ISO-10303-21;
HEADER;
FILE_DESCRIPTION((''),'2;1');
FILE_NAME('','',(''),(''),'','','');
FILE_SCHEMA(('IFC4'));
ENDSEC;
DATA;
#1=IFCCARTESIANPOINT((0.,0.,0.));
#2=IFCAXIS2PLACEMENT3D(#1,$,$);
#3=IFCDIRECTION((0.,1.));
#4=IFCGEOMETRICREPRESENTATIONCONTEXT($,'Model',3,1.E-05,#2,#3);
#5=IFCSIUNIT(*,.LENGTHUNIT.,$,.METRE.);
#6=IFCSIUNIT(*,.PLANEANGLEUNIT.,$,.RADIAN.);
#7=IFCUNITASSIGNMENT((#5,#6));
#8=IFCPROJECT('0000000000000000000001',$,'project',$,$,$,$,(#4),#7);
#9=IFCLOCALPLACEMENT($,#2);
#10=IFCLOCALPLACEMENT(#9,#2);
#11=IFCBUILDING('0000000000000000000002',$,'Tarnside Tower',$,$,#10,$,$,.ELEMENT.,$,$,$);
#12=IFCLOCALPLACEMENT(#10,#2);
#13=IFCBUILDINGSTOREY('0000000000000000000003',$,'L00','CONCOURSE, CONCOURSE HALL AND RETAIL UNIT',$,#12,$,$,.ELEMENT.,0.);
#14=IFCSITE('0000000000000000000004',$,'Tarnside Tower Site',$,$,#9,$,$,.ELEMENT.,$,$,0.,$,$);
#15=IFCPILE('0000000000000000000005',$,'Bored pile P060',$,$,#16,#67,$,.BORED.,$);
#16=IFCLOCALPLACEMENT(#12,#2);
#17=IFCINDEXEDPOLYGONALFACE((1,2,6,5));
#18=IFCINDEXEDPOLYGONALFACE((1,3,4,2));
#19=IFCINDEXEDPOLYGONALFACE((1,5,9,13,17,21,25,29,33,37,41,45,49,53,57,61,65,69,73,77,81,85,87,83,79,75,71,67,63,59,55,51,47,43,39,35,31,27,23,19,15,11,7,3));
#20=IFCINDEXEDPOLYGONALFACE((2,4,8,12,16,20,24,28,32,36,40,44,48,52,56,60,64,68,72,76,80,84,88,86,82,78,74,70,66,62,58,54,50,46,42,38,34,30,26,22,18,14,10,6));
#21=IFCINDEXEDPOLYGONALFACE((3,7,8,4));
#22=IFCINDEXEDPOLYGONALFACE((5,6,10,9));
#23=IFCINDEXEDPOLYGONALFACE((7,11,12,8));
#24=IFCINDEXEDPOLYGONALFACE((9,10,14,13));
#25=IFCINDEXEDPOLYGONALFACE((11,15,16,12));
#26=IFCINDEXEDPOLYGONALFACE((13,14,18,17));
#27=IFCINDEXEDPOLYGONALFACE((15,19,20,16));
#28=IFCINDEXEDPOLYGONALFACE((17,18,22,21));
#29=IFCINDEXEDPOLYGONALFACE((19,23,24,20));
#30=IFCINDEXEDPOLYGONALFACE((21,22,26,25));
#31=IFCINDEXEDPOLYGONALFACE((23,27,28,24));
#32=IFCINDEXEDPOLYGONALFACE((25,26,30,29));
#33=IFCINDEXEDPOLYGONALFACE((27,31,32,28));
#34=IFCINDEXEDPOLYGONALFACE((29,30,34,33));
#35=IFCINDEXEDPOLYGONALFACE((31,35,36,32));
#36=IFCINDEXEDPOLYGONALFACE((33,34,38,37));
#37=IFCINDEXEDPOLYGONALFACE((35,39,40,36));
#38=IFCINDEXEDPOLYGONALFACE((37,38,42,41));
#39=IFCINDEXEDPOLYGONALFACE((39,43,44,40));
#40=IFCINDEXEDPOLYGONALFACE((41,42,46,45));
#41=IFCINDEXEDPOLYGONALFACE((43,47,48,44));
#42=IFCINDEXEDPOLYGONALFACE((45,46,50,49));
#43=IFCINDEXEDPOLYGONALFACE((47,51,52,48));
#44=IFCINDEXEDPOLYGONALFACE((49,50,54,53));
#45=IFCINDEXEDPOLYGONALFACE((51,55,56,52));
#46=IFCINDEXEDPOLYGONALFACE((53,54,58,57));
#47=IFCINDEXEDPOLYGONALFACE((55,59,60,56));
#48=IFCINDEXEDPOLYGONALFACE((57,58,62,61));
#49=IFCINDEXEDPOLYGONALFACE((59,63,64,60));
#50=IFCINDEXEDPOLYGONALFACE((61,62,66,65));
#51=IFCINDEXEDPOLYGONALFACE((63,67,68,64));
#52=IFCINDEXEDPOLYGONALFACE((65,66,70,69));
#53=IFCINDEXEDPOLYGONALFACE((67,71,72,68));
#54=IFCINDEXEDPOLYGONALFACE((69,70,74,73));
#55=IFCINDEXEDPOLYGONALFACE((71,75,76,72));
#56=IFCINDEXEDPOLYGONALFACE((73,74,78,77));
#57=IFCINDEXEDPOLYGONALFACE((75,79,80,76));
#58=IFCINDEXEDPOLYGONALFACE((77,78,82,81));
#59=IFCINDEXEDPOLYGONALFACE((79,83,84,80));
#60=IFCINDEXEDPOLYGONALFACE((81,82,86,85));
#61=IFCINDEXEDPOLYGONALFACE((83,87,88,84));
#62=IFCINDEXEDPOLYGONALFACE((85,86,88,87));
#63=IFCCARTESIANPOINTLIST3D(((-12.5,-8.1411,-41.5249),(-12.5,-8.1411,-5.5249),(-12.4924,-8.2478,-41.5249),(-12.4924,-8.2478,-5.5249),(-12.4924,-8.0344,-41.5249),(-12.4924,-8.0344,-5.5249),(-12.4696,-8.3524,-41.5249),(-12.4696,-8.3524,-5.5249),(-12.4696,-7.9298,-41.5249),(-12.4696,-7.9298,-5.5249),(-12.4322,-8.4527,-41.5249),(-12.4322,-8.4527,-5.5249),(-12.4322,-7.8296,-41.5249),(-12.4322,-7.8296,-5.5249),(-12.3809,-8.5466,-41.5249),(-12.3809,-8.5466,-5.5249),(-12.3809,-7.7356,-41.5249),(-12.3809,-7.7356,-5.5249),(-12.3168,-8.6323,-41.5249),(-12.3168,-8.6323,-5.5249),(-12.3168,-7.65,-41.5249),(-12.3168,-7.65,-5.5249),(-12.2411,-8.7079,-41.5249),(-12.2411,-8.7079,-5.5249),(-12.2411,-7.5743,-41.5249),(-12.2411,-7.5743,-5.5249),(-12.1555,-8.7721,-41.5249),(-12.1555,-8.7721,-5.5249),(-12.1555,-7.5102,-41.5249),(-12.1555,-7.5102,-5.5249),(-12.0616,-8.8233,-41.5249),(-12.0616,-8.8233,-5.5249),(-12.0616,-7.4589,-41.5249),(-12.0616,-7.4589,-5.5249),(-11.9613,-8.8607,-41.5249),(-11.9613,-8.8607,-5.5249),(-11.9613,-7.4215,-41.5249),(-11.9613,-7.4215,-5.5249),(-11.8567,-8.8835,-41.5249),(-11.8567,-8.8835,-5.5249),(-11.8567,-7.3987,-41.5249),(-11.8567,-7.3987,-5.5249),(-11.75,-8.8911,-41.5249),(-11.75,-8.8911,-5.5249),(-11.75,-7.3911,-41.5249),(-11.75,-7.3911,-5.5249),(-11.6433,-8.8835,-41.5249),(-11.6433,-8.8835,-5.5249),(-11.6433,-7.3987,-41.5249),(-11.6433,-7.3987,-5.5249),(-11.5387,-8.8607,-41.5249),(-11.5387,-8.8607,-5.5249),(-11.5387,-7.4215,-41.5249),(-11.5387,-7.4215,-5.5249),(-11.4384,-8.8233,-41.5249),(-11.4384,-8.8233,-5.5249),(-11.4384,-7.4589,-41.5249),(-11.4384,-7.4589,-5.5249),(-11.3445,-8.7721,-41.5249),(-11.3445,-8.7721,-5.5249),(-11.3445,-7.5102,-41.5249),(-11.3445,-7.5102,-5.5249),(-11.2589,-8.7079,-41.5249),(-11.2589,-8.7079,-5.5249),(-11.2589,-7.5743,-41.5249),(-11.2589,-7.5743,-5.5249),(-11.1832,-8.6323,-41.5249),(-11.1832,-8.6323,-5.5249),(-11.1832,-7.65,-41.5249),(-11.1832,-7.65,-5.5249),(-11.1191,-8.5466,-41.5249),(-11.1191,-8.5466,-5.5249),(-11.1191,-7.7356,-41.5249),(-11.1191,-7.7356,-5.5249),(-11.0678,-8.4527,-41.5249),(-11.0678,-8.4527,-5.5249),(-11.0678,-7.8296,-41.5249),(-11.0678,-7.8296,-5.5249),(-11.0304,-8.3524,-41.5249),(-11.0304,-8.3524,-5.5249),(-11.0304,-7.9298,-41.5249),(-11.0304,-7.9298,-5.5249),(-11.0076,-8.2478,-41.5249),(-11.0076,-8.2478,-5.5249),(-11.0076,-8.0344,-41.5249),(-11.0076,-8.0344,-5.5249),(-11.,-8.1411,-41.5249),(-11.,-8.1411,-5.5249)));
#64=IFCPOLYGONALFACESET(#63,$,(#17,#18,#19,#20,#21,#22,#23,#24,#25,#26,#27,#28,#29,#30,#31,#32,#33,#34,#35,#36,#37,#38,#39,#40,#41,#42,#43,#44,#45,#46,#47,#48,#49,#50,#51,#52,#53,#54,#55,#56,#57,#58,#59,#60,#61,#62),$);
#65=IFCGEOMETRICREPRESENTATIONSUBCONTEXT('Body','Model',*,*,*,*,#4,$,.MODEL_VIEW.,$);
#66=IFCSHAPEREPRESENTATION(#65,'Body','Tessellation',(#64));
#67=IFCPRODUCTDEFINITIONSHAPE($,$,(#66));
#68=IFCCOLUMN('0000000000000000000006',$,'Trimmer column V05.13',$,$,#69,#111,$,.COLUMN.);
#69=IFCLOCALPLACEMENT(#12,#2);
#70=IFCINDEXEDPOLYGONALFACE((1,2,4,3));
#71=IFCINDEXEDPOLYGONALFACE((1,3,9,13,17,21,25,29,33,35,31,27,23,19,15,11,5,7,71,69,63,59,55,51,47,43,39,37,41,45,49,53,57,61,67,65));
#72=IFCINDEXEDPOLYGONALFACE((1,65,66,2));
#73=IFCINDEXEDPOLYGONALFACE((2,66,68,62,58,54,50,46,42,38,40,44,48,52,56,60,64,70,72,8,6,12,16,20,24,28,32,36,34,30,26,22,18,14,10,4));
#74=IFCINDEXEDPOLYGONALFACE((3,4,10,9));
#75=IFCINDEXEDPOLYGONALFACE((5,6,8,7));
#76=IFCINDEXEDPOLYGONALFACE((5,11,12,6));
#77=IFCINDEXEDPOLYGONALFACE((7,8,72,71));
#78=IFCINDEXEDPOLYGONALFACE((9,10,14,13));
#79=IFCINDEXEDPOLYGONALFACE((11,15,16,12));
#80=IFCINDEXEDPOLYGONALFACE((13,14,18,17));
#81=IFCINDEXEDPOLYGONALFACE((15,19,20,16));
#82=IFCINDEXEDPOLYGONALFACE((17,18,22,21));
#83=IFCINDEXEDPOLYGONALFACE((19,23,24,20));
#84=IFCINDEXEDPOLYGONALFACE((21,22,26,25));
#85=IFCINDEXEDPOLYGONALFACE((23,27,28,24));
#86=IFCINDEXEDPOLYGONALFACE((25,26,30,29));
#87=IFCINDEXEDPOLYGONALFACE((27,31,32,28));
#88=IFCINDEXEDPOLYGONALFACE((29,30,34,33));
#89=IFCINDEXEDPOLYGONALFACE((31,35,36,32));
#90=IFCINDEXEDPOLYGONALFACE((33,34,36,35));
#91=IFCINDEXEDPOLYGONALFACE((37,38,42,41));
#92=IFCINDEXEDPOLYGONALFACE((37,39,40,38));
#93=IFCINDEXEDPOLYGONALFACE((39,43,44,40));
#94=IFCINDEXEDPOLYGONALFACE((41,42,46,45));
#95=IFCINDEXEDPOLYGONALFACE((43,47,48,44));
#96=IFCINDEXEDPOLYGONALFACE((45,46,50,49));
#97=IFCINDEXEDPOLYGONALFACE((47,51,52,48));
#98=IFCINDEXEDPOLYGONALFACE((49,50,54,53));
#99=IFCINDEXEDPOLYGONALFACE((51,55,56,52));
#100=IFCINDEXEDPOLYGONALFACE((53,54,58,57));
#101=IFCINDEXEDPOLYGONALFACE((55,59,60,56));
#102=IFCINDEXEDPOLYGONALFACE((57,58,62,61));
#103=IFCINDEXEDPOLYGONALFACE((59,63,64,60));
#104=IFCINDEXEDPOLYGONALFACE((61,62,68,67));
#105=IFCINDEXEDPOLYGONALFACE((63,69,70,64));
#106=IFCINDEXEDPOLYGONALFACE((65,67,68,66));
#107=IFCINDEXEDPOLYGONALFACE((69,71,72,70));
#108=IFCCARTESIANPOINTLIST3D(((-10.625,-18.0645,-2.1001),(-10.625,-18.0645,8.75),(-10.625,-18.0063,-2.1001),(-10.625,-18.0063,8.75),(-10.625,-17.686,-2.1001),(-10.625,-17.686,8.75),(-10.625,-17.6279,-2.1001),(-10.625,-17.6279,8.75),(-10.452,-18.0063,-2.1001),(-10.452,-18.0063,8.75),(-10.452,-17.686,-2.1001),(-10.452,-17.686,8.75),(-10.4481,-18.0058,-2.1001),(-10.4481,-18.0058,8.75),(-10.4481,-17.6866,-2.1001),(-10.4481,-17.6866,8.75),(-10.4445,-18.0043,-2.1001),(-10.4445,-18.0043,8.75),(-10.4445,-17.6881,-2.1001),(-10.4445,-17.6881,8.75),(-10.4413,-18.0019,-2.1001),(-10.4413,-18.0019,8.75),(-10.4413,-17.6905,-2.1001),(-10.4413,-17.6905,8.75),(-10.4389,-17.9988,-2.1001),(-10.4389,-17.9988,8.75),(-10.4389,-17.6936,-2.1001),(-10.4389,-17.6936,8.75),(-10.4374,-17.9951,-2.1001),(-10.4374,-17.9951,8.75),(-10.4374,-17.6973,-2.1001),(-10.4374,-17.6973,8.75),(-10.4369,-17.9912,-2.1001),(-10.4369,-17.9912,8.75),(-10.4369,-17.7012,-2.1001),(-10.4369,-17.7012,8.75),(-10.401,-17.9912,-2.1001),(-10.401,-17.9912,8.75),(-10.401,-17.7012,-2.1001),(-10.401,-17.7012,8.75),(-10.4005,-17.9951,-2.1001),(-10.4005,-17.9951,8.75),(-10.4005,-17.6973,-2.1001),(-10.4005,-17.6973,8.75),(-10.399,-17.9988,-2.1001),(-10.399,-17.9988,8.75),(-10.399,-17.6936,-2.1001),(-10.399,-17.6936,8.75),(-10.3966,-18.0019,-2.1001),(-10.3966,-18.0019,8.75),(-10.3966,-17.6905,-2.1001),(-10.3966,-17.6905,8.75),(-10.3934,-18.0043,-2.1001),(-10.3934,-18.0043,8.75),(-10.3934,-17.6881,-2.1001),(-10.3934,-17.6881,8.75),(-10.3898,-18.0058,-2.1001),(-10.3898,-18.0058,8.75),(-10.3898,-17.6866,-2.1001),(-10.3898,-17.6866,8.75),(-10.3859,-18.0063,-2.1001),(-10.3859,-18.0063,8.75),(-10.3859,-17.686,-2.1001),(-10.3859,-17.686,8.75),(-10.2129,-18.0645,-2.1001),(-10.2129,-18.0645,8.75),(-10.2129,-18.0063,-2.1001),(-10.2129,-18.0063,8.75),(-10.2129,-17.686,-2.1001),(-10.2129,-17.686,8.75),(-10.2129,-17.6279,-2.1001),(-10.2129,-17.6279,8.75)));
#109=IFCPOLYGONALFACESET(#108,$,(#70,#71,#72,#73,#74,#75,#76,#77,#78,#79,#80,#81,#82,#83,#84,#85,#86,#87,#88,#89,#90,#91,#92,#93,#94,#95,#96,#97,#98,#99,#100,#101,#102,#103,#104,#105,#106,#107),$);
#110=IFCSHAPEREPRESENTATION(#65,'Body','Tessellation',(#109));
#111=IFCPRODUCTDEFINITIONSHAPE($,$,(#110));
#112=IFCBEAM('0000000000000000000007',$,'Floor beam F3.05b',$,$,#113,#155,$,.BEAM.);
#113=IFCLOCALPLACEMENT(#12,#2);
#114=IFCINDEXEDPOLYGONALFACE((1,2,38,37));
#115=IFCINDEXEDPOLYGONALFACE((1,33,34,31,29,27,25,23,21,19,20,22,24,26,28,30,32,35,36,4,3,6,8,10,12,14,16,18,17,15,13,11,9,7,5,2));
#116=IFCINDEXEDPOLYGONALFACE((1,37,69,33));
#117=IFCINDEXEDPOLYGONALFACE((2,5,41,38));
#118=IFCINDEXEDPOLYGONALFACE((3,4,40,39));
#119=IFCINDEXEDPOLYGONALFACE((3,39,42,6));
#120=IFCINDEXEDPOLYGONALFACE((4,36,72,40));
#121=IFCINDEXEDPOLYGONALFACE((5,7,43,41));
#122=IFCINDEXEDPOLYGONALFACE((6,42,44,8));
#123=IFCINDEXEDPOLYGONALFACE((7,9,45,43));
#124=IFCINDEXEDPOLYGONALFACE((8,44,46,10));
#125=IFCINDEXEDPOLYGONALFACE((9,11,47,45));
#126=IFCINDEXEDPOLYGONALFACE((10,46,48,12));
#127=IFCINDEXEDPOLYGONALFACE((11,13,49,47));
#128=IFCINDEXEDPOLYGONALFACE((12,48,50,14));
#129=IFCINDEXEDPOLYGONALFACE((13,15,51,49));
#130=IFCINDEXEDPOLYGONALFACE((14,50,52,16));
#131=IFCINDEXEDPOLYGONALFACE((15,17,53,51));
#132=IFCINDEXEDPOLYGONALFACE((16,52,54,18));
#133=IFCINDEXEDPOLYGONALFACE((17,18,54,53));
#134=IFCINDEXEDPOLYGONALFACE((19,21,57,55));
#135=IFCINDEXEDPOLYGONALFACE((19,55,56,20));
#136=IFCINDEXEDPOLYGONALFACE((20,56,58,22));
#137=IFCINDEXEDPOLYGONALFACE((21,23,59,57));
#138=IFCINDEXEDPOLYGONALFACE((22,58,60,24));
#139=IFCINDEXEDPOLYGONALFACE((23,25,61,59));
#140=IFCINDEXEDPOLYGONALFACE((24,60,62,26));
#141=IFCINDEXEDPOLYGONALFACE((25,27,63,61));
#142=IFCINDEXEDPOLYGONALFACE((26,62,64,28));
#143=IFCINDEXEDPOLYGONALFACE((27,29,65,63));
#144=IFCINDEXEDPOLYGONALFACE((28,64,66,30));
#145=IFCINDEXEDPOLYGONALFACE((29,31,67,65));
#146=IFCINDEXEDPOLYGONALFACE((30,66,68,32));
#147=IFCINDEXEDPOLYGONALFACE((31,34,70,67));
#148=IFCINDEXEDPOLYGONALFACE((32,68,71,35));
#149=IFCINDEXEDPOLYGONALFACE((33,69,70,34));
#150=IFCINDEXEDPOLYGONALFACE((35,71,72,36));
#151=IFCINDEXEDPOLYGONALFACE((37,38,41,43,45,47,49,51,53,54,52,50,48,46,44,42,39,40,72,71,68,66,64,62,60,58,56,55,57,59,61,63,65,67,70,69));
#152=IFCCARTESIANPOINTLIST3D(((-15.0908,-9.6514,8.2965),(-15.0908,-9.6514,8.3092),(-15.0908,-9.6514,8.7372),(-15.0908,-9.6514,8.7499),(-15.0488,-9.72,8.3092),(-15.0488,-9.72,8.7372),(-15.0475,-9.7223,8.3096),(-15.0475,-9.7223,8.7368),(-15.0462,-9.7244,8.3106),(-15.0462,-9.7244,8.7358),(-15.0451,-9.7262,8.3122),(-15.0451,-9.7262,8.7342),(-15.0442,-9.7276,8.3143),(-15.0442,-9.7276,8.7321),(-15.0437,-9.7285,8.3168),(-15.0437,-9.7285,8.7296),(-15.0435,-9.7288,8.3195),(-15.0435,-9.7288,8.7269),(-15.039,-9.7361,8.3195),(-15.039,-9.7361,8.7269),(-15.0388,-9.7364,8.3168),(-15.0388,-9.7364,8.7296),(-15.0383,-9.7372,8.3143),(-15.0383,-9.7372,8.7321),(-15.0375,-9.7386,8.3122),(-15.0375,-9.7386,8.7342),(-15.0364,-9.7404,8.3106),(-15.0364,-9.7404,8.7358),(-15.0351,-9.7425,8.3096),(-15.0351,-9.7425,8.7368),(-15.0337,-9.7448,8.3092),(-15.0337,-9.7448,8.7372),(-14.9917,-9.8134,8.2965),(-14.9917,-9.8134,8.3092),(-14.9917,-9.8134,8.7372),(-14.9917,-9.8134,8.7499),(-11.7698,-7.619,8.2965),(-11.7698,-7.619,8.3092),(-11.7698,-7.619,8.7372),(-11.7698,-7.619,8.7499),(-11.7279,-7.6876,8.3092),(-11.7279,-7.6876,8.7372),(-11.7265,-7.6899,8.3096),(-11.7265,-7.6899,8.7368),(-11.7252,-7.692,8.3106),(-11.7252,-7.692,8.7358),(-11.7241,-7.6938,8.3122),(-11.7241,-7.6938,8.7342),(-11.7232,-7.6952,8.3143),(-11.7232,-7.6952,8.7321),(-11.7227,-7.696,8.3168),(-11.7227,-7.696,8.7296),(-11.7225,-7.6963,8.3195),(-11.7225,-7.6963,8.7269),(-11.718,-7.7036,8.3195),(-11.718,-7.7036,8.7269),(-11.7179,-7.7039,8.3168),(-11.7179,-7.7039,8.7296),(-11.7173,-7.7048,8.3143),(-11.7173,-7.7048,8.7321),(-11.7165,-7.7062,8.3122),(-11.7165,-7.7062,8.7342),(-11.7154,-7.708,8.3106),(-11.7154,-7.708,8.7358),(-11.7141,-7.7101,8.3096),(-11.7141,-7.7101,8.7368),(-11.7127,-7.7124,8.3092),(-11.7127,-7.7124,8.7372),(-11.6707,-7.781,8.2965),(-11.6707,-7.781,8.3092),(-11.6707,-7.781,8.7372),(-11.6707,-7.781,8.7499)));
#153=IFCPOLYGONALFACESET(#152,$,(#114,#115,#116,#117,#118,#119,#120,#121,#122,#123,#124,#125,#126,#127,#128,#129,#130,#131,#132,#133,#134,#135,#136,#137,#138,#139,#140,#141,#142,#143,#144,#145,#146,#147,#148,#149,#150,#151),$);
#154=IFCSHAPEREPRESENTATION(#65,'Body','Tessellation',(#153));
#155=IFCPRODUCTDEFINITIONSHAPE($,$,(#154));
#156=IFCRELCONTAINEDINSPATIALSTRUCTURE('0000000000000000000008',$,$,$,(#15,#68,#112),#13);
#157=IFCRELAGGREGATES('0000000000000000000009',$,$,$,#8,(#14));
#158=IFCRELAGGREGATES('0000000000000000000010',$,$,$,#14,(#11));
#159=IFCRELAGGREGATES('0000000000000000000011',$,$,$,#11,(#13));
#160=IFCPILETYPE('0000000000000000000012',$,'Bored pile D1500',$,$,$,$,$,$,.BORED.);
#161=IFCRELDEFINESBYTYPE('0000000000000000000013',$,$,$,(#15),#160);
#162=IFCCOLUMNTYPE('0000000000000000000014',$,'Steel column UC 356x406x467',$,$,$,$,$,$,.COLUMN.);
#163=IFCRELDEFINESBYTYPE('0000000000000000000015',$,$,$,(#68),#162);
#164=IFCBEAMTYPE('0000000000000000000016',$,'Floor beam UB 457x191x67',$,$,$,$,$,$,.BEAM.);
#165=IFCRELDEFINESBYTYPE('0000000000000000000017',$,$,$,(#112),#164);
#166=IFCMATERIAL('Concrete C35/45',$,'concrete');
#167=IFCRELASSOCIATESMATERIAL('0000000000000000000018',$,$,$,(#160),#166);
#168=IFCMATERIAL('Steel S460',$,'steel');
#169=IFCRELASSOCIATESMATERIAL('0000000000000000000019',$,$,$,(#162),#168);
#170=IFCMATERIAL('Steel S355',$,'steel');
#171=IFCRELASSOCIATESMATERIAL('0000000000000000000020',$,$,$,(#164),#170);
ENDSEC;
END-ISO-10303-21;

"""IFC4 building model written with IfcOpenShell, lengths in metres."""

from ifc_helpers import new_model, si_unit, direction, frame, origin, origin_2d, place, context, subcontext, project, spatial, circle, i_section, extrude, material, material_profile, profile_set, type_object, element, save


model = new_model("IFC4")

# Units and contexts
model_context = context("Model", 3, precision=1e-05, world=origin(), true_north=direction((0.0, 1.0)))
body_context = subcontext(model_context, "Body", "Model", "MODEL_VIEW")
ifc_project = project(units=[si_unit("LENGTHUNIT", "METRE"), si_unit("PLANEANGLEUNIT", "RADIAN")], contexts=[model_context])

# Site, building, storey
site_placement = place(None, origin())
site = spatial("IfcSite", under=ifc_project, at=site_placement, Name="Tarnside Tower Site", CompositionType="ELEMENT", RefElevation=0.0)
building_placement = place(site_placement, origin())
building = spatial("IfcBuilding", under=site, at=building_placement, Name="Tarnside Tower", CompositionType="ELEMENT")
storey_placement = place(building_placement, origin())
storey = spatial("IfcBuildingStorey", under=building, at=storey_placement, Name="L00", Description="CONCOURSE, CONCOURSE HALL AND RETAIL UNIT", CompositionType="ELEMENT", Elevation=0.0)

# Pile
ifc_material_1 = material(Name="Concrete C35/45", Category="concrete")
ifc_material_profile_1 = material_profile(ifc_material_1, circle(Radius=0.75, at=origin_2d()), Name="Bored pile D1500")
ifc_profile_set_1 = profile_set([ifc_material_profile_1], Name="Concrete C35/45")
pile_type = type_object("IfcPileType", Name="Bored pile D1500", PredefinedType="BORED", material=ifc_profile_set_1)
for number, where, z_axis, x_axis, name in (
    (1, (-11.75, -8.1411, -5.5249), (0.0, 0.0, -1.0), (1.0, 0.0, 0.0), "Bored pile P060"),
):
    element("IfcPile", number, at=place(storey_placement, frame(where, z_axis=z_axis, x_axis=x_axis)), inside=storey, type_object=pile_type, Name=name, PredefinedType="BORED", context=body_context, shape_type="SweptSolid", body=[
        extrude(circle(Radius=0.75, at=origin_2d()), origin(), (0.0, 0.0, 1.0), 36.0),
    ])

# Column
ifc_material_2 = material(Name="Steel S460", Category="steel")
ifc_material_profile_2 = material_profile(ifc_material_2, i_section(OverallWidth=0.4121, OverallDepth=0.4365, WebThickness=0.0359, FlangeThickness=0.0581, FilletRadius=0.0151, at=origin_2d()), Name="UC 356x406x467")
ifc_profile_set_2 = profile_set([ifc_material_profile_2], Name="Steel S460")
column_type = type_object("IfcColumnType", Name="Steel column UC 356x406x467", PredefinedType="COLUMN", material=ifc_profile_set_2)
column_placement = place(storey_placement, frame((-10.4189, -17.8462, -2.1001), z_axis=(0.0, 0.0, 1.0), x_axis=(1.0, 0.0, 0.0)))
element("IfcColumn", 2, at=column_placement, inside=storey, type_object=column_type, Name="Trimmer column V05.13", PredefinedType="COLUMN", context=body_context, shape_type="SweptSolid", body=[
    extrude(i_section(OverallWidth=0.4121, OverallDepth=0.4365, WebThickness=0.0359, FlangeThickness=0.0581, FilletRadius=0.0151, at=origin_2d()), origin(), (0.0, 0.0, 1.0), 10.8501),
])

# Beam
ifc_material_3 = material(Name="Steel S355", Category="steel")
ifc_material_profile_3 = material_profile(ifc_material_3, i_section(OverallWidth=0.1899, OverallDepth=0.4534, WebThickness=0.0085, FlangeThickness=0.0127, FilletRadius=0.0103, at=origin_2d()), Name="UB 457x191x67")
ifc_profile_set_3 = profile_set([ifc_material_profile_3], Name="Steel S355")
beam_type_1 = type_object("IfcBeamType", Name="Floor beam UB 457x191x67", PredefinedType="BEAM", material=ifc_profile_set_3)
beam_1_placement = place(storey_placement, frame((-15.0413, -9.7324, 8.5232), z_axis=(0.852945, 0.522, 0.0), x_axis=(-0.522, 0.852945, 0.0)))
element("IfcBeam", 3, at=beam_1_placement, inside=storey, type_object=beam_type_1, Name="Floor beam F3.05b", PredefinedType="BEAM", context=body_context, shape_type="SweptSolid", body=[
    extrude(i_section(OverallWidth=0.1899, OverallDepth=0.4534, WebThickness=0.0085, FlangeThickness=0.0127, FilletRadius=0.0103, at=origin_2d()), origin(), (0.0, 0.0, 1.0), 3.8936),
])

save(model, "model.ifc")
